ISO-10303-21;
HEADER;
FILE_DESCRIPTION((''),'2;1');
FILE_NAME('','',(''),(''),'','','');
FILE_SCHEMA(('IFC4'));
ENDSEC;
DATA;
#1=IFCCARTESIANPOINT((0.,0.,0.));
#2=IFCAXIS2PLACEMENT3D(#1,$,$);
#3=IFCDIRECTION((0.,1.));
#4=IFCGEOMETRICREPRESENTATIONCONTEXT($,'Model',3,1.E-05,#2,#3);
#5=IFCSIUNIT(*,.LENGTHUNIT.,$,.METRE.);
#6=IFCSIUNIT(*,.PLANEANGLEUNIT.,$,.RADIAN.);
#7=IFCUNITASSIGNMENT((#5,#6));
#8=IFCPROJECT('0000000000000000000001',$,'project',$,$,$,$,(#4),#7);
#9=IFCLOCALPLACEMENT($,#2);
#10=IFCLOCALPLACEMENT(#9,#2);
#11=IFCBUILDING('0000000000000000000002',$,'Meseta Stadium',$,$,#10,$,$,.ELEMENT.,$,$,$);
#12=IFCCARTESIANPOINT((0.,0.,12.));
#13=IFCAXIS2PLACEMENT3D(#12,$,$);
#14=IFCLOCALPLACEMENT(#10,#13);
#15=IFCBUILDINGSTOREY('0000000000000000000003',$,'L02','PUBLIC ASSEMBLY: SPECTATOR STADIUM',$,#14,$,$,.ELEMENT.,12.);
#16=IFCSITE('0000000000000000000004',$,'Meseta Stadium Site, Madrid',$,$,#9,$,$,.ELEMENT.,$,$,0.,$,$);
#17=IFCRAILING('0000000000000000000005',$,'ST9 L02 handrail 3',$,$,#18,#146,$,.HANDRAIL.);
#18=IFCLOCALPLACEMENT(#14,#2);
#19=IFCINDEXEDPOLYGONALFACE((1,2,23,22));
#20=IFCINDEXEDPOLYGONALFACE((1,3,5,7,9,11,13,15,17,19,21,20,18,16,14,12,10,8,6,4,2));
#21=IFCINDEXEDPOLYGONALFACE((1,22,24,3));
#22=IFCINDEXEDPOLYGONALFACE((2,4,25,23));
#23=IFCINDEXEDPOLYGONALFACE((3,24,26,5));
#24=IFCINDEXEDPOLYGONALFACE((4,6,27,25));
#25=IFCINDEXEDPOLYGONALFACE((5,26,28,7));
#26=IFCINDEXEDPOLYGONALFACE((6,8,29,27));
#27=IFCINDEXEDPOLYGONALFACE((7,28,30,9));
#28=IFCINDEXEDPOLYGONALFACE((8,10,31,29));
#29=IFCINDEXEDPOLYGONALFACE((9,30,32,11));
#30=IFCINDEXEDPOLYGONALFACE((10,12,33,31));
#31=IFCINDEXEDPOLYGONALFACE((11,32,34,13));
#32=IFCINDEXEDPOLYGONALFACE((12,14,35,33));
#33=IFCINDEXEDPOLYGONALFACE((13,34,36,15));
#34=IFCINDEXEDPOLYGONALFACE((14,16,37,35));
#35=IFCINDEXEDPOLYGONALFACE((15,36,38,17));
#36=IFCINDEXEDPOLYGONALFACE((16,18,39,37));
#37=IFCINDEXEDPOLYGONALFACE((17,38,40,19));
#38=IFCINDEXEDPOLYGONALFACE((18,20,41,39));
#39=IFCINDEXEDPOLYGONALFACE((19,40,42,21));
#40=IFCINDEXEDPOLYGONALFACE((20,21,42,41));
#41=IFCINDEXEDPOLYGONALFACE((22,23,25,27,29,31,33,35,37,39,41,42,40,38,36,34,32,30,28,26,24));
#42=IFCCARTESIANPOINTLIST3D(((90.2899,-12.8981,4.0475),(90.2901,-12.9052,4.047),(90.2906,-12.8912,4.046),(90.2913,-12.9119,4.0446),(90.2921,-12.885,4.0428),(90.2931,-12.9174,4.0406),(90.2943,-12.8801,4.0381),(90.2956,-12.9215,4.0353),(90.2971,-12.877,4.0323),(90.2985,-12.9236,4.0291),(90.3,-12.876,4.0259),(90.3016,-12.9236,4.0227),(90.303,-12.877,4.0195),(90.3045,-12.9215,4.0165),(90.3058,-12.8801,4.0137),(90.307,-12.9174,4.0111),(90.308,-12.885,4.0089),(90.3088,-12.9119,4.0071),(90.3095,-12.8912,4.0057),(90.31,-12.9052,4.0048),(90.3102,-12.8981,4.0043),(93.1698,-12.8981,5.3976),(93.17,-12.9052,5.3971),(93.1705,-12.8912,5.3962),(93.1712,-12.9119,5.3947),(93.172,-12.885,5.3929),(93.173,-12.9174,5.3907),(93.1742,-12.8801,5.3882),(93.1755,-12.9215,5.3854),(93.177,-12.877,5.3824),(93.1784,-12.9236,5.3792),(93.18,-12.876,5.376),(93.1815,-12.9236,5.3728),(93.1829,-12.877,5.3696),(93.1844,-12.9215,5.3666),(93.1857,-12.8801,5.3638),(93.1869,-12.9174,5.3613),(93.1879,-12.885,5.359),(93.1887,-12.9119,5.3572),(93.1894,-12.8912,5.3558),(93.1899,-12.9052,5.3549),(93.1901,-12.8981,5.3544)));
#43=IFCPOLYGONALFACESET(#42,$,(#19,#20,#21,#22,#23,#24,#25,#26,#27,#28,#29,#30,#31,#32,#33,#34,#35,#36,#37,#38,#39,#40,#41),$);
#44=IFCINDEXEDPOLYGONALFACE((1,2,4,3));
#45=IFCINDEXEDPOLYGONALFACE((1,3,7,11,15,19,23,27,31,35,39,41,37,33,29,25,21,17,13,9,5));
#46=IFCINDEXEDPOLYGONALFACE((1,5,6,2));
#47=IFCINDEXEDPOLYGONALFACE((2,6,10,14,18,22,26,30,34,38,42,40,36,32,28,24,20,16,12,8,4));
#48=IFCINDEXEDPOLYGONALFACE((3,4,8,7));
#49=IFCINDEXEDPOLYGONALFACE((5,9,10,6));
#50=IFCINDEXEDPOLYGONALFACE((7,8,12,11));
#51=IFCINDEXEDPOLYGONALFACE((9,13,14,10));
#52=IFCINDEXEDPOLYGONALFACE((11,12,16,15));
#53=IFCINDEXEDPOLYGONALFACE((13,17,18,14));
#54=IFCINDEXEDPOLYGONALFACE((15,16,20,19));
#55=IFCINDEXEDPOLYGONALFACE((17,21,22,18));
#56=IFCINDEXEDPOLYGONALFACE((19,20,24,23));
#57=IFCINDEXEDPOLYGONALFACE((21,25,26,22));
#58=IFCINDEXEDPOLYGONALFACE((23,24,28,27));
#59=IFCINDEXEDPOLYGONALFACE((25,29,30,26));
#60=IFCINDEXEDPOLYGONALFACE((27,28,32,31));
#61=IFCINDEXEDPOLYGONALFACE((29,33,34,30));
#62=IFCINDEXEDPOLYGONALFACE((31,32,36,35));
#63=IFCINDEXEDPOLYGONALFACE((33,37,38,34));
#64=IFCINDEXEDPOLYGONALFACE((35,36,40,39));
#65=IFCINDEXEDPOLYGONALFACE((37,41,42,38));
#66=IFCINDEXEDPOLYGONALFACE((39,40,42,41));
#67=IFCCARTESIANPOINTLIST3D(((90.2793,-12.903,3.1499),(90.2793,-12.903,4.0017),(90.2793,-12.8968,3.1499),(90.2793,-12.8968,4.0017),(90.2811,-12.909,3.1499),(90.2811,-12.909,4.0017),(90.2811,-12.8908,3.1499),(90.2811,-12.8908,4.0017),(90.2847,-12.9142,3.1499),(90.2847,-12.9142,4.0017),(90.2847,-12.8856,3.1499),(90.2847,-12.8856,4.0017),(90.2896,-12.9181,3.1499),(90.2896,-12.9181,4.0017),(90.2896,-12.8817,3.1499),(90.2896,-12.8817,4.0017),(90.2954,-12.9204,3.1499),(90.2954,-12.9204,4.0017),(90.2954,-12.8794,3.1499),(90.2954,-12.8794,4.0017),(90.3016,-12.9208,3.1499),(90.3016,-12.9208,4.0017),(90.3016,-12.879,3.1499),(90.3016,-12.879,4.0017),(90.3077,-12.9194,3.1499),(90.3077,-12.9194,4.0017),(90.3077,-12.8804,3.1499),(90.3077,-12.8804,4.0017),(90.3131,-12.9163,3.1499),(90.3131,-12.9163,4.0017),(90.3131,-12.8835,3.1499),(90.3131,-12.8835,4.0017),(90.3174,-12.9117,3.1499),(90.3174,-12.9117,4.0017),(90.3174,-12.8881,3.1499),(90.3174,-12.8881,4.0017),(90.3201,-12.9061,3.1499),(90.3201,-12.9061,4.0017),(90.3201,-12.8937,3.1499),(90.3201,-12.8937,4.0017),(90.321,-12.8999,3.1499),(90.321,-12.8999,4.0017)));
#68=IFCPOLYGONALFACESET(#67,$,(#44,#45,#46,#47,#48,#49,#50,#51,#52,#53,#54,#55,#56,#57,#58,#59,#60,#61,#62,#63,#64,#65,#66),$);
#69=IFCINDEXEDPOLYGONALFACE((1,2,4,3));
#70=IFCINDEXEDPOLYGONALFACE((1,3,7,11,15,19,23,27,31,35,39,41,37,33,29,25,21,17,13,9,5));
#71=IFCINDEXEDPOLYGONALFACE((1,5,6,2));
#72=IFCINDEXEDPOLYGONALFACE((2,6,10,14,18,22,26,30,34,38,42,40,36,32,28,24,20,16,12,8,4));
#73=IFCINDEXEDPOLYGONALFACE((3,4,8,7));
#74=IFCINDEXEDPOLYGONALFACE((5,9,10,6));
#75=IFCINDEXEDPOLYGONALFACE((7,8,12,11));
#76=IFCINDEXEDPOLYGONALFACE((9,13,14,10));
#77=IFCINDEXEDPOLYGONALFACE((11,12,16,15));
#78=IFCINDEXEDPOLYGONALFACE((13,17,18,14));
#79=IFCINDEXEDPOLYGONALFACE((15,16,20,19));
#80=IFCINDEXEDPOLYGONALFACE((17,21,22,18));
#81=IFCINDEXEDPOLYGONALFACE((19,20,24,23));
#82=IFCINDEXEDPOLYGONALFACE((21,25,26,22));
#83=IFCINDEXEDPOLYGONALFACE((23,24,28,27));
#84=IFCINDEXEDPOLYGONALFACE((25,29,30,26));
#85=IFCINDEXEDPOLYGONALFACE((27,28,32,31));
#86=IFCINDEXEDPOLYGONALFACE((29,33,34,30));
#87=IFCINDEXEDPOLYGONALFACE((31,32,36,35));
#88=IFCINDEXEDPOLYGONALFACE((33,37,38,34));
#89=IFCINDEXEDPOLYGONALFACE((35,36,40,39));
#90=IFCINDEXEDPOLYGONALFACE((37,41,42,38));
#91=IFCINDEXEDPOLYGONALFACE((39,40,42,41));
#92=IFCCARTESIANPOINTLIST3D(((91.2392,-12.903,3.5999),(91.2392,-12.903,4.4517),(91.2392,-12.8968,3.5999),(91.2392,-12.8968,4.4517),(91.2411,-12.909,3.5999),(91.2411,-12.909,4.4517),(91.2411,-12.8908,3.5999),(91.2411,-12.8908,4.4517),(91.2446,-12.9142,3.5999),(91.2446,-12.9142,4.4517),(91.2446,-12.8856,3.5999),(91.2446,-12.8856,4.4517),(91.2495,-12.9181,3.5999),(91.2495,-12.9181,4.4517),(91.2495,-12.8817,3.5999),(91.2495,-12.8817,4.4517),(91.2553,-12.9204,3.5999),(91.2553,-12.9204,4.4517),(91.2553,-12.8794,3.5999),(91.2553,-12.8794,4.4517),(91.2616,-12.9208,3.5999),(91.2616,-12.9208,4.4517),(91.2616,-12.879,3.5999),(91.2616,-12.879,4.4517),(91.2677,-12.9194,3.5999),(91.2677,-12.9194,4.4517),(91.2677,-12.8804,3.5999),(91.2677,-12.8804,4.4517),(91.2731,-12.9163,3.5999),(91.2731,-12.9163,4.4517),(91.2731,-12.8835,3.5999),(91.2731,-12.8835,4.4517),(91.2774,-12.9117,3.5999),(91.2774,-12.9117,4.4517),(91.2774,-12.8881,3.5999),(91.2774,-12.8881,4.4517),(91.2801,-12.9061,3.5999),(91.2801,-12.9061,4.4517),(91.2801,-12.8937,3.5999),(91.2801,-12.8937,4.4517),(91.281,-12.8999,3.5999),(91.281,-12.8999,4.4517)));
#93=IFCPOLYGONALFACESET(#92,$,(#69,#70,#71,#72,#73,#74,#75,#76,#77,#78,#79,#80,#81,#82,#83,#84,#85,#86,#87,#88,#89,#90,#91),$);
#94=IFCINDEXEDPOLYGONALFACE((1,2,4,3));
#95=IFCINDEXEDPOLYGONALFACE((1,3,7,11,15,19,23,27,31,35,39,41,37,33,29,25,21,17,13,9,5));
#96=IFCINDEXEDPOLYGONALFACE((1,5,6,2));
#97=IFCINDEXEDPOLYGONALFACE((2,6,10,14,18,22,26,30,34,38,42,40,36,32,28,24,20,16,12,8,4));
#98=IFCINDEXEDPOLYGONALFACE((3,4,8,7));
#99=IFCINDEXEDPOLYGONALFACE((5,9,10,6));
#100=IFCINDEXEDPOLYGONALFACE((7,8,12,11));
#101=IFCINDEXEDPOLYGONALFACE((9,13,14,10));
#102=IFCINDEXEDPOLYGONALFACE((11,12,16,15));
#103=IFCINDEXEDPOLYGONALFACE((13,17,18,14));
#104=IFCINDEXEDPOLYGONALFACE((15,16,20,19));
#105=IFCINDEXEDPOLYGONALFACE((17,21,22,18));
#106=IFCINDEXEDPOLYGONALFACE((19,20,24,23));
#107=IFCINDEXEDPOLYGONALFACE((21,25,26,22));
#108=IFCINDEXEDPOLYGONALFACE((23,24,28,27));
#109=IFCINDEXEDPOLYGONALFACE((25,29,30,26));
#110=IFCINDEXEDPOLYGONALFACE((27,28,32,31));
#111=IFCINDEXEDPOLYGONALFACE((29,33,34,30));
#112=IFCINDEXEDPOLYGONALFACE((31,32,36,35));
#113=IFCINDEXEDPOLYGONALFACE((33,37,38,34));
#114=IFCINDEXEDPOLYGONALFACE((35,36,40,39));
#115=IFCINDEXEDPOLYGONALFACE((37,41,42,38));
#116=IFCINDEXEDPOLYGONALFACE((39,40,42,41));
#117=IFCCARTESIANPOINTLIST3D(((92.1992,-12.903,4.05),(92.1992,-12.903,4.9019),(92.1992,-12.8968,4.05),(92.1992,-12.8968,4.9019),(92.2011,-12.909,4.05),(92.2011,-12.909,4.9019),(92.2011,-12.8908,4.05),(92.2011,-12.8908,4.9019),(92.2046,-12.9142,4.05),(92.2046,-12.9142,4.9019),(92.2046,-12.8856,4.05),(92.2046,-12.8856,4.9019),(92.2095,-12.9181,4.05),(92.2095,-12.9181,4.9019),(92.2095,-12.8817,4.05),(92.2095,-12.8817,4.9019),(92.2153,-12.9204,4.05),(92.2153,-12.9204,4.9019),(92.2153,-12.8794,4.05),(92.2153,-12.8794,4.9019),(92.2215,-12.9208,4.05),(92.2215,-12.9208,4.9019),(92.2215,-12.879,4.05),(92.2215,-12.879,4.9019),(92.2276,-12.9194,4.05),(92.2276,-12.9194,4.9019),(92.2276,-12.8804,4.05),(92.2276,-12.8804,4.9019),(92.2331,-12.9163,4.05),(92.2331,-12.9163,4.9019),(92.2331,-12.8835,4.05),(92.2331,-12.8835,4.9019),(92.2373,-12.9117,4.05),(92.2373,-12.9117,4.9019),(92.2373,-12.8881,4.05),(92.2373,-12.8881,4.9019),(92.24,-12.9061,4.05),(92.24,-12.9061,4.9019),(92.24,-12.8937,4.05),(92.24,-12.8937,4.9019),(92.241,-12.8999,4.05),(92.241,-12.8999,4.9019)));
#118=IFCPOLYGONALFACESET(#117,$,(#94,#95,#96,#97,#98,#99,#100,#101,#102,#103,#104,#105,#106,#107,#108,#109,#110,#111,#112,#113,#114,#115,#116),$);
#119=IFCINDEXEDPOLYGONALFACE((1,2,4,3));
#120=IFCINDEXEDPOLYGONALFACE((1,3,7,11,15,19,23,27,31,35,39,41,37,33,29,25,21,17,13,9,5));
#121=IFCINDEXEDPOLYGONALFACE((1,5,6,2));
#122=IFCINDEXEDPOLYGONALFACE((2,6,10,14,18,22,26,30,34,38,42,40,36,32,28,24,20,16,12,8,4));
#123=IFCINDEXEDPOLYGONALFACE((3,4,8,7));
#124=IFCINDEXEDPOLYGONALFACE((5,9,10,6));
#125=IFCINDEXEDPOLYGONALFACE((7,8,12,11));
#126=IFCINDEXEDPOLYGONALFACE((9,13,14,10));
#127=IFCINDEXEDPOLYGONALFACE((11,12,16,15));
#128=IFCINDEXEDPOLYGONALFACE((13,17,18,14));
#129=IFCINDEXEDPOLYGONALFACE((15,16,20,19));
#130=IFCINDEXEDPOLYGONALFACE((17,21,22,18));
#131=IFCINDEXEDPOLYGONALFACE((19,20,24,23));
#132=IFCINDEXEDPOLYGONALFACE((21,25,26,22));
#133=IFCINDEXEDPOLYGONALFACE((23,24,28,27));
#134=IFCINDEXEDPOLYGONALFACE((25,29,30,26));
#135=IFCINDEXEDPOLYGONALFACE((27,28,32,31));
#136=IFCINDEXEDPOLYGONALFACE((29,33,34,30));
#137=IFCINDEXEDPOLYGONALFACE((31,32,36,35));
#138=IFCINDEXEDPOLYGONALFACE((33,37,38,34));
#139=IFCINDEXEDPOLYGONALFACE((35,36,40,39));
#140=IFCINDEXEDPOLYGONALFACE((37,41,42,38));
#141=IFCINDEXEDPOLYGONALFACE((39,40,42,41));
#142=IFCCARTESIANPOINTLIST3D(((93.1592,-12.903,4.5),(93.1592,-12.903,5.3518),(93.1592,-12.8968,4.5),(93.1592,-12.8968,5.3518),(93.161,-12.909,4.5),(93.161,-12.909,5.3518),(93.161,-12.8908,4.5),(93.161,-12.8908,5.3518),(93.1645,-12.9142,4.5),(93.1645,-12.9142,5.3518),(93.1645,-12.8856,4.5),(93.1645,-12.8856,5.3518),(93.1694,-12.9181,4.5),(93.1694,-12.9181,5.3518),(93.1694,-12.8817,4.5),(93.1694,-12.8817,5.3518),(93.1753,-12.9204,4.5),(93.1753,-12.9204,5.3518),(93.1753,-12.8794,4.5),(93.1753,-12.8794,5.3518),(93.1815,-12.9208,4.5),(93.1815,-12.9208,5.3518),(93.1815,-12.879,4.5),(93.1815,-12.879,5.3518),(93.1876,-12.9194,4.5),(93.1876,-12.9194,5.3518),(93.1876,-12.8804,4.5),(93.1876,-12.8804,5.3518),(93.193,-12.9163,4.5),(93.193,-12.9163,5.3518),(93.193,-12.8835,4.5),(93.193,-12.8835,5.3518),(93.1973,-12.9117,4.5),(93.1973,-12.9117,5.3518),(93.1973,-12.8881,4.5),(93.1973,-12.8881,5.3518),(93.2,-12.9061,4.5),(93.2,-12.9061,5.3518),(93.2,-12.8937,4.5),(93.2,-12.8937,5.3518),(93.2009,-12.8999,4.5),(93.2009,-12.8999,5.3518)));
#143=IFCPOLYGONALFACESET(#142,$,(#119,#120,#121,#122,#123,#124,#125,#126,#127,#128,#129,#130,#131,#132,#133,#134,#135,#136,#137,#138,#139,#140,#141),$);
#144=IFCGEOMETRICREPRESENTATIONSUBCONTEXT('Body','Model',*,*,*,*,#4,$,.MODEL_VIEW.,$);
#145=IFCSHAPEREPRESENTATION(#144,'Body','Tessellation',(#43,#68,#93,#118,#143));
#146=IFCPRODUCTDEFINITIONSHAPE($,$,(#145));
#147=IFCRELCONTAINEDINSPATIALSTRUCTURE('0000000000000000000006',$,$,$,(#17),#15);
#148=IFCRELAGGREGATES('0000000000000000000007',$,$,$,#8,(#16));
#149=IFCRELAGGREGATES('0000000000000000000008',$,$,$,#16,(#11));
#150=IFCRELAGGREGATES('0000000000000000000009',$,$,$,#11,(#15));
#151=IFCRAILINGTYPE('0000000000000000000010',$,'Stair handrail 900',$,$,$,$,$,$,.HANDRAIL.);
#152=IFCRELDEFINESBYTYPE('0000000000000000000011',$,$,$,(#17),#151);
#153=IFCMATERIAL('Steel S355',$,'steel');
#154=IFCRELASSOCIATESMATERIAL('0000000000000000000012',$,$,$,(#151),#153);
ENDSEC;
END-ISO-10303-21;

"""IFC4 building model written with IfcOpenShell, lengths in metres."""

from ifc_helpers import new_model, si_unit, direction, frame, origin, origin_2d, place, context, subcontext, project, spatial, circle, extrude, material, type_object, element, save


model = new_model("IFC4")

# Units and contexts
model_context = context("Model", 3, precision=1e-05, world=origin(), true_north=direction((0.0, 1.0)))
body_context = subcontext(model_context, "Body", "Model", "MODEL_VIEW")
ifc_project = project(units=[si_unit("LENGTHUNIT", "METRE"), si_unit("PLANEANGLEUNIT", "RADIAN")], contexts=[model_context])

# Site, building, storey
site_placement = place(None, origin())
site = spatial("IfcSite", under=ifc_project, at=site_placement, Name="Meseta Stadium Site, Madrid", CompositionType="ELEMENT", RefElevation=0.0)
building_placement = place(site_placement, origin())
building = spatial("IfcBuilding", under=site, at=building_placement, Name="Meseta Stadium", CompositionType="ELEMENT")
storey_placement = place(building_placement, frame((0.0, 0.0, 12.0)))
storey = spatial("IfcBuildingStorey", under=building, at=storey_placement, Name="L02", Description="PUBLIC ASSEMBLY: SPECTATOR STADIUM", CompositionType="ELEMENT", Elevation=12.0)

# Railing
ifc_material_1 = material(Name="Steel S355", Category="steel")
railing_type_1 = type_object("IfcRailingType", Name="Stair handrail 900", PredefinedType="HANDRAIL", material=ifc_material_1)
railing_1_placement = place(storey_placement, frame((90.3, -12.8999, 3.1499)))
element("IfcRailing", 1, at=railing_1_placement, inside=storey, type_object=railing_type_1, Name="ST9 L02 handrail 3", PredefinedType="HANDRAIL", context=body_context, shape_type="SweptSolid", body=[
    extrude(circle(Radius=0.0239, at=origin_2d()), frame((0.0, 0.0, 0.876), z_axis=(0.90544, 0.0, 0.424473), x_axis=(0.0, 1.0, 0.0)), (0.0, 0.0, 1.0), 3.1807),
    extrude(circle(Radius=0.021, at=origin_2d()), origin(), (0.0, 0.0, 1.0), 0.8518),
    extrude(circle(Radius=0.021, at=origin_2d()), frame((0.96, 0.0, 0.45)), (0.0, 0.0, 1.0), 0.8518),
    extrude(circle(Radius=0.021, at=origin_2d()), frame((1.9199, 0.0, 0.9001)), (0.0, 0.0, 1.0), 0.8518),
    extrude(circle(Radius=0.021, at=origin_2d()), frame((2.8799, 0.0, 1.3501)), (0.0, 0.0, 1.0), 0.8518),
])

save(model, "model.ifc")
